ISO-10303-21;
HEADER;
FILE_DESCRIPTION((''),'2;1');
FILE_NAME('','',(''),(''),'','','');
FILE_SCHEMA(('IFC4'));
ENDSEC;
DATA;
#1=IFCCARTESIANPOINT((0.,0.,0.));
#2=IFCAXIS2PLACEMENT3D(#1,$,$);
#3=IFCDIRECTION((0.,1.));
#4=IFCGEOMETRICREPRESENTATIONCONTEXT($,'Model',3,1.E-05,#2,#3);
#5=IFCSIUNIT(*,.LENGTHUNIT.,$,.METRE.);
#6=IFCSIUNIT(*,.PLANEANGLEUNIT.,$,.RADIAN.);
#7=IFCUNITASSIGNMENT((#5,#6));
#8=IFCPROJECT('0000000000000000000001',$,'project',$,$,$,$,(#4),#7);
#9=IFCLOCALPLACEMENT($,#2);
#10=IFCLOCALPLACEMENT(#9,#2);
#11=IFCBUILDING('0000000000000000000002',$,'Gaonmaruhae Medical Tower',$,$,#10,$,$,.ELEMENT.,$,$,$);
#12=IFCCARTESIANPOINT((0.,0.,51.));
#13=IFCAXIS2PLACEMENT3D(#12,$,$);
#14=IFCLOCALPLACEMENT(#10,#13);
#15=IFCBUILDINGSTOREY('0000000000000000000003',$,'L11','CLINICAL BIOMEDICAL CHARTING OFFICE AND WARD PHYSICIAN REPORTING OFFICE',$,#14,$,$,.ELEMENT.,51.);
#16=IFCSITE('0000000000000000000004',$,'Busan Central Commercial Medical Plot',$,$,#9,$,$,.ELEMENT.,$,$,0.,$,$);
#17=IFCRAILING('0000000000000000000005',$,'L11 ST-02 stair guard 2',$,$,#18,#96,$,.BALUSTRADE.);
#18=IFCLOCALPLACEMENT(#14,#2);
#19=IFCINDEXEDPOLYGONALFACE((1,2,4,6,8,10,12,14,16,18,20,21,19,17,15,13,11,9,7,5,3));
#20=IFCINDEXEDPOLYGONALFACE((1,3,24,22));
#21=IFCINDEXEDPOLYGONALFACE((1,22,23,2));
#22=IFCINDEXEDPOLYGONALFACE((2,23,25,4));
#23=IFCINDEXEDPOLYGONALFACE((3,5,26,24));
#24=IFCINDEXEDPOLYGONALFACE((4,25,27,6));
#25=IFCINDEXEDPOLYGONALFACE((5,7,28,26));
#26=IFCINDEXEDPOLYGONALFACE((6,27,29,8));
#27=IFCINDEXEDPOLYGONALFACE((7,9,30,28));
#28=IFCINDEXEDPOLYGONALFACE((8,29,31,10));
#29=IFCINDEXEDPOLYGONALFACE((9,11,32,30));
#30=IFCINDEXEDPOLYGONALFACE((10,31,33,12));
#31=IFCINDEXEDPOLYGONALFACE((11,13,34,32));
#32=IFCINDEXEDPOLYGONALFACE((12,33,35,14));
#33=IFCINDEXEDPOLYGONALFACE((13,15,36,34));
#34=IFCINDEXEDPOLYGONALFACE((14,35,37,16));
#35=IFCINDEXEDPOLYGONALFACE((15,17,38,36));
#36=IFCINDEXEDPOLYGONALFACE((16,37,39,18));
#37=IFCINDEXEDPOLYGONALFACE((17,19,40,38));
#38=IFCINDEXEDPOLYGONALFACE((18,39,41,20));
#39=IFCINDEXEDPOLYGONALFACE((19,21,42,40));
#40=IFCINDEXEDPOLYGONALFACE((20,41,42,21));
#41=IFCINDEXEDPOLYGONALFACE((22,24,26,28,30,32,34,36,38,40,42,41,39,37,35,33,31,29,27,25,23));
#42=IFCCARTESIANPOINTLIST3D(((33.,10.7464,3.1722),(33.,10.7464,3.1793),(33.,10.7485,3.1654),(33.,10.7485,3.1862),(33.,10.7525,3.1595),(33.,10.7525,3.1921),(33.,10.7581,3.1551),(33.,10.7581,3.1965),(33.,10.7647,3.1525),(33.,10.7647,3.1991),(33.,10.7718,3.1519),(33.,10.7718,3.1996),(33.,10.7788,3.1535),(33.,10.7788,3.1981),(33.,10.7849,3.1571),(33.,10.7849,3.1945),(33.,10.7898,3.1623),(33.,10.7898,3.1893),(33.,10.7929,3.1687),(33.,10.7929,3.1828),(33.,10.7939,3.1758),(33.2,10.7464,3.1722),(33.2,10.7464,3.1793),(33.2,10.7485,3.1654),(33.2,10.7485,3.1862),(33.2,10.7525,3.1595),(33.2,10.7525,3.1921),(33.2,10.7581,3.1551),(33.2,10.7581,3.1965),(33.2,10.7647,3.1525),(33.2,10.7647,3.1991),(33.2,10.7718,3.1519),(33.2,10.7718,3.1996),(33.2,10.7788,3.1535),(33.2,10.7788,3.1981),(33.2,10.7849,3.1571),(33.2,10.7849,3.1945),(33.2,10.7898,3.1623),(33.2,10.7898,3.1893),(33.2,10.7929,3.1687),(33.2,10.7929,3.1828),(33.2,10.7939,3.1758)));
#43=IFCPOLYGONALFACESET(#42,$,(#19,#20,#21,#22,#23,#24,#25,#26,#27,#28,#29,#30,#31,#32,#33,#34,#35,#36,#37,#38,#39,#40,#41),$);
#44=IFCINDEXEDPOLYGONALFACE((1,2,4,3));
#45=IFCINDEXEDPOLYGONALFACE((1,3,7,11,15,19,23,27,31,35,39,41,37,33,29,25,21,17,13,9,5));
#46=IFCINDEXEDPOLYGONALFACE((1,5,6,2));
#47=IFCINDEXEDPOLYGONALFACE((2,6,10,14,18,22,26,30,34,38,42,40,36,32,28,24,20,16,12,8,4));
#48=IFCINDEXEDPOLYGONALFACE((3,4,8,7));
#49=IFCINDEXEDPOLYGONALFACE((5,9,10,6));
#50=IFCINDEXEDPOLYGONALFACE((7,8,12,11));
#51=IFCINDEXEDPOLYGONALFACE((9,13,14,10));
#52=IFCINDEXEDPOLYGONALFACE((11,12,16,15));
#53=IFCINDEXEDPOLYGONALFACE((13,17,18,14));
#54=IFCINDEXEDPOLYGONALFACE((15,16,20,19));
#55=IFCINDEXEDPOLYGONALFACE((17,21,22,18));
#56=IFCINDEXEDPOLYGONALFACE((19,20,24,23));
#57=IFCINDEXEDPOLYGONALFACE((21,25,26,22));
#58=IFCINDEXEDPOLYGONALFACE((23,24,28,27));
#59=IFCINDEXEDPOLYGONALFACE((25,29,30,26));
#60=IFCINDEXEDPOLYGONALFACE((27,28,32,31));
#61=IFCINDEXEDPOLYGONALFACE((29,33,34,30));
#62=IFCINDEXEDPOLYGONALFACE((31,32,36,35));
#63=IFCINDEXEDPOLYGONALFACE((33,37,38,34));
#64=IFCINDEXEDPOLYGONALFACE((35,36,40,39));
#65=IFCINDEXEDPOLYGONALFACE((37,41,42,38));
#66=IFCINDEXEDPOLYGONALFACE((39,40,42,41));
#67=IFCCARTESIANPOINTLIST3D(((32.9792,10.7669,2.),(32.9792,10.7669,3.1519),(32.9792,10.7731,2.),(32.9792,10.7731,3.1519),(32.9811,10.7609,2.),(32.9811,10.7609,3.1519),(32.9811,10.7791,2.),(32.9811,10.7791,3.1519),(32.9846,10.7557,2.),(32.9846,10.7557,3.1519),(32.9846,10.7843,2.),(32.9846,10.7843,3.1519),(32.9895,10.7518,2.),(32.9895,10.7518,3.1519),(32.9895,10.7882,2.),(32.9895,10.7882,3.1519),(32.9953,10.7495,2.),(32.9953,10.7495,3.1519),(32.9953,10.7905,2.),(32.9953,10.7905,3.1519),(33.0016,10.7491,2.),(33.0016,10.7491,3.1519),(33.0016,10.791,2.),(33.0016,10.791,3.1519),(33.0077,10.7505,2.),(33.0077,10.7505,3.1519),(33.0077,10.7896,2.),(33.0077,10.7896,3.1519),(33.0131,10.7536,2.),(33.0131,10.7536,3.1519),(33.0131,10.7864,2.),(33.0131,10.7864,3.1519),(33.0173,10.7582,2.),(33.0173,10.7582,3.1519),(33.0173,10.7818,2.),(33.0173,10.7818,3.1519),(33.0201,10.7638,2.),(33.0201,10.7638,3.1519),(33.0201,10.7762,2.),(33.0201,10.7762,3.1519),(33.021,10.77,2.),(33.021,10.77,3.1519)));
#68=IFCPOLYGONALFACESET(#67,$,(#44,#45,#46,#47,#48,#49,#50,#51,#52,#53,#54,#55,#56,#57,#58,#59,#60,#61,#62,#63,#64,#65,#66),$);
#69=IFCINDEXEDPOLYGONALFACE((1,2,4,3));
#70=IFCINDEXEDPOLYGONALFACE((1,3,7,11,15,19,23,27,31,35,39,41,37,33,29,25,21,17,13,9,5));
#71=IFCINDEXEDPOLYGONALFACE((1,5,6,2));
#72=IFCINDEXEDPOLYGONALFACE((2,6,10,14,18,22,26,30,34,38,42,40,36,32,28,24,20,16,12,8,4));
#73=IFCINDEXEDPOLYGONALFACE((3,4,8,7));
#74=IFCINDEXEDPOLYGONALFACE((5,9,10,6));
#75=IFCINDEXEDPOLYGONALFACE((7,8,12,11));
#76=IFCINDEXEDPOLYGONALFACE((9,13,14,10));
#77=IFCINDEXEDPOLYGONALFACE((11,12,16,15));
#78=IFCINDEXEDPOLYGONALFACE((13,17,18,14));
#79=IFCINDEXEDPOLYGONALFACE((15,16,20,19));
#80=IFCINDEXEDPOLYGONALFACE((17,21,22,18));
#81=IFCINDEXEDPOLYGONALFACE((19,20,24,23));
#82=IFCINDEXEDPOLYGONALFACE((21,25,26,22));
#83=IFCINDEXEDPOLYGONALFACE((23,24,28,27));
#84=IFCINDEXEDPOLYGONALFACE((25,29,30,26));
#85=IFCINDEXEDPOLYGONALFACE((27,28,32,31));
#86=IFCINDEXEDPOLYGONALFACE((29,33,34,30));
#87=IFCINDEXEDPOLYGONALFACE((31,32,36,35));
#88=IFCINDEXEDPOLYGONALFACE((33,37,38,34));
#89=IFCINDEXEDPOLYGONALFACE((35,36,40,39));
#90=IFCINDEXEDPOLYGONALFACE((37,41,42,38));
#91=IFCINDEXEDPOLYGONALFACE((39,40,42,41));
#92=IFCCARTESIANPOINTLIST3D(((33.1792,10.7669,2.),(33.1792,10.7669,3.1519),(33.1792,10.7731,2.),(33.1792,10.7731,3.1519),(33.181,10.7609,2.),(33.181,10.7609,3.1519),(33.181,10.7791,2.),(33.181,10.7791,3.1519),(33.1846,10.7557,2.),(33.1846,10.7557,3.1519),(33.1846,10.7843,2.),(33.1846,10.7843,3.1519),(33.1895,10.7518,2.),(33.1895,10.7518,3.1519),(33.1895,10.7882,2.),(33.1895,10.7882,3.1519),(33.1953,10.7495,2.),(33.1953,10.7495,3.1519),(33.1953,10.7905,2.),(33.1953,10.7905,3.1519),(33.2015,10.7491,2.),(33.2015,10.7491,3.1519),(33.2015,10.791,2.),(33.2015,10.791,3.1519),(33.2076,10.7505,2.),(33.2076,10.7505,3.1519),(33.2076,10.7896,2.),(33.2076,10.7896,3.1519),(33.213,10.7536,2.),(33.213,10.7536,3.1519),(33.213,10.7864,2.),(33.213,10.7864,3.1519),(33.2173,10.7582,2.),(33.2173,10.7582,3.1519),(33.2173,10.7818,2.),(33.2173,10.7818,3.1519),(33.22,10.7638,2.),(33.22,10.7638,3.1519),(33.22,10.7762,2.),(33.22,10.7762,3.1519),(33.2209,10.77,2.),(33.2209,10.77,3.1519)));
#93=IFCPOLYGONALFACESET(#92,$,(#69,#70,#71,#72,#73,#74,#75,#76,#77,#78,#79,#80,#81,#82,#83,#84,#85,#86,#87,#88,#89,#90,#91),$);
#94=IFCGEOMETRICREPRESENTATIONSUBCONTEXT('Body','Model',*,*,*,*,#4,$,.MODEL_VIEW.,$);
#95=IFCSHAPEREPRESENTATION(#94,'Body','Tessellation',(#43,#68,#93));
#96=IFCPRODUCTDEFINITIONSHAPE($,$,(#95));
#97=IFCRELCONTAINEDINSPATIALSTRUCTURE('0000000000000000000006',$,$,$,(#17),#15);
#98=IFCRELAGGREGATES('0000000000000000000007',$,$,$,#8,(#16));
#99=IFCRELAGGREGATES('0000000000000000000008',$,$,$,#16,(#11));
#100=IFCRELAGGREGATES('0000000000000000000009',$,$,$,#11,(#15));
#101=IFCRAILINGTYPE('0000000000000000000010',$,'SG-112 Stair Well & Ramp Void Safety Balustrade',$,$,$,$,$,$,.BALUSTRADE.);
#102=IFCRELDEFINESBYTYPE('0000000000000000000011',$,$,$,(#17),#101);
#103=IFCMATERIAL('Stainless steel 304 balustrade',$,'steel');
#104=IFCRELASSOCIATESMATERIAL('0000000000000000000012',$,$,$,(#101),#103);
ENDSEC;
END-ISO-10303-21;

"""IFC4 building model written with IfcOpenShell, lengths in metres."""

from ifc_helpers import new_model, si_unit, direction, frame, origin, origin_2d, place, context, subcontext, project, spatial, circle, extrude, material, type_object, element, save


model = new_model("IFC4")

# Units and contexts
model_context = context("Model", 3, precision=1e-05, world=origin(), true_north=direction((0.0, 1.0)))
body_context = subcontext(model_context, "Body", "Model", "MODEL_VIEW")
ifc_project = project(units=[si_unit("LENGTHUNIT", "METRE"), si_unit("PLANEANGLEUNIT", "RADIAN")], contexts=[model_context])

# Site, building, storey
site_placement = place(None, origin())
site = spatial("IfcSite", under=ifc_project, at=site_placement, Name="Busan Central Commercial Medical Plot", CompositionType="ELEMENT", RefElevation=0.0)
building_placement = place(site_placement, origin())
building = spatial("IfcBuilding", under=site, at=building_placement, Name="Gaonmaruhae Medical Tower", CompositionType="ELEMENT")
storey_placement = place(building_placement, frame((0.0, 0.0, 51.0)))
storey = spatial("IfcBuildingStorey", under=building, at=storey_placement, Name="L11", Description="CLINICAL BIOMEDICAL CHARTING OFFICE AND WARD PHYSICIAN REPORTING OFFICE", CompositionType="ELEMENT", Elevation=51.0)

# Railing
ifc_material_1 = material(Name="Stainless steel 304 balustrade", Category="steel")
railing_type_1 = type_object("IfcRailingType", Name="SG-112 Stair Well & Ramp Void Safety Balustrade", PredefinedType="BALUSTRADE", material=ifc_material_1)
railing_1_placement = place(storey_placement, frame((33.0, 10.77, 2.0)))
element("IfcRailing", 1, at=railing_1_placement, inside=storey, type_object=railing_type_1, Name="L11 ST-02 stair guard 2", PredefinedType="BALUSTRADE", context=body_context, shape_type="SweptSolid", body=[
    extrude(circle(Radius=0.0239, at=origin_2d()), frame((0.0, 0.0, 1.1758), z_axis=(1.0, 0.0, 0.0), x_axis=(0.0, 1.0, 0.0)), (0.0, 0.0, 1.0), 0.2),
    extrude(circle(Radius=0.021, at=origin_2d()), origin(), (0.0, 0.0, 1.0), 1.1519),
    extrude(circle(Radius=0.021, at=origin_2d()), frame((0.2, 0.0, 0.0)), (0.0, 0.0, 1.0), 1.1519),
])

save(model, "model.ifc")
